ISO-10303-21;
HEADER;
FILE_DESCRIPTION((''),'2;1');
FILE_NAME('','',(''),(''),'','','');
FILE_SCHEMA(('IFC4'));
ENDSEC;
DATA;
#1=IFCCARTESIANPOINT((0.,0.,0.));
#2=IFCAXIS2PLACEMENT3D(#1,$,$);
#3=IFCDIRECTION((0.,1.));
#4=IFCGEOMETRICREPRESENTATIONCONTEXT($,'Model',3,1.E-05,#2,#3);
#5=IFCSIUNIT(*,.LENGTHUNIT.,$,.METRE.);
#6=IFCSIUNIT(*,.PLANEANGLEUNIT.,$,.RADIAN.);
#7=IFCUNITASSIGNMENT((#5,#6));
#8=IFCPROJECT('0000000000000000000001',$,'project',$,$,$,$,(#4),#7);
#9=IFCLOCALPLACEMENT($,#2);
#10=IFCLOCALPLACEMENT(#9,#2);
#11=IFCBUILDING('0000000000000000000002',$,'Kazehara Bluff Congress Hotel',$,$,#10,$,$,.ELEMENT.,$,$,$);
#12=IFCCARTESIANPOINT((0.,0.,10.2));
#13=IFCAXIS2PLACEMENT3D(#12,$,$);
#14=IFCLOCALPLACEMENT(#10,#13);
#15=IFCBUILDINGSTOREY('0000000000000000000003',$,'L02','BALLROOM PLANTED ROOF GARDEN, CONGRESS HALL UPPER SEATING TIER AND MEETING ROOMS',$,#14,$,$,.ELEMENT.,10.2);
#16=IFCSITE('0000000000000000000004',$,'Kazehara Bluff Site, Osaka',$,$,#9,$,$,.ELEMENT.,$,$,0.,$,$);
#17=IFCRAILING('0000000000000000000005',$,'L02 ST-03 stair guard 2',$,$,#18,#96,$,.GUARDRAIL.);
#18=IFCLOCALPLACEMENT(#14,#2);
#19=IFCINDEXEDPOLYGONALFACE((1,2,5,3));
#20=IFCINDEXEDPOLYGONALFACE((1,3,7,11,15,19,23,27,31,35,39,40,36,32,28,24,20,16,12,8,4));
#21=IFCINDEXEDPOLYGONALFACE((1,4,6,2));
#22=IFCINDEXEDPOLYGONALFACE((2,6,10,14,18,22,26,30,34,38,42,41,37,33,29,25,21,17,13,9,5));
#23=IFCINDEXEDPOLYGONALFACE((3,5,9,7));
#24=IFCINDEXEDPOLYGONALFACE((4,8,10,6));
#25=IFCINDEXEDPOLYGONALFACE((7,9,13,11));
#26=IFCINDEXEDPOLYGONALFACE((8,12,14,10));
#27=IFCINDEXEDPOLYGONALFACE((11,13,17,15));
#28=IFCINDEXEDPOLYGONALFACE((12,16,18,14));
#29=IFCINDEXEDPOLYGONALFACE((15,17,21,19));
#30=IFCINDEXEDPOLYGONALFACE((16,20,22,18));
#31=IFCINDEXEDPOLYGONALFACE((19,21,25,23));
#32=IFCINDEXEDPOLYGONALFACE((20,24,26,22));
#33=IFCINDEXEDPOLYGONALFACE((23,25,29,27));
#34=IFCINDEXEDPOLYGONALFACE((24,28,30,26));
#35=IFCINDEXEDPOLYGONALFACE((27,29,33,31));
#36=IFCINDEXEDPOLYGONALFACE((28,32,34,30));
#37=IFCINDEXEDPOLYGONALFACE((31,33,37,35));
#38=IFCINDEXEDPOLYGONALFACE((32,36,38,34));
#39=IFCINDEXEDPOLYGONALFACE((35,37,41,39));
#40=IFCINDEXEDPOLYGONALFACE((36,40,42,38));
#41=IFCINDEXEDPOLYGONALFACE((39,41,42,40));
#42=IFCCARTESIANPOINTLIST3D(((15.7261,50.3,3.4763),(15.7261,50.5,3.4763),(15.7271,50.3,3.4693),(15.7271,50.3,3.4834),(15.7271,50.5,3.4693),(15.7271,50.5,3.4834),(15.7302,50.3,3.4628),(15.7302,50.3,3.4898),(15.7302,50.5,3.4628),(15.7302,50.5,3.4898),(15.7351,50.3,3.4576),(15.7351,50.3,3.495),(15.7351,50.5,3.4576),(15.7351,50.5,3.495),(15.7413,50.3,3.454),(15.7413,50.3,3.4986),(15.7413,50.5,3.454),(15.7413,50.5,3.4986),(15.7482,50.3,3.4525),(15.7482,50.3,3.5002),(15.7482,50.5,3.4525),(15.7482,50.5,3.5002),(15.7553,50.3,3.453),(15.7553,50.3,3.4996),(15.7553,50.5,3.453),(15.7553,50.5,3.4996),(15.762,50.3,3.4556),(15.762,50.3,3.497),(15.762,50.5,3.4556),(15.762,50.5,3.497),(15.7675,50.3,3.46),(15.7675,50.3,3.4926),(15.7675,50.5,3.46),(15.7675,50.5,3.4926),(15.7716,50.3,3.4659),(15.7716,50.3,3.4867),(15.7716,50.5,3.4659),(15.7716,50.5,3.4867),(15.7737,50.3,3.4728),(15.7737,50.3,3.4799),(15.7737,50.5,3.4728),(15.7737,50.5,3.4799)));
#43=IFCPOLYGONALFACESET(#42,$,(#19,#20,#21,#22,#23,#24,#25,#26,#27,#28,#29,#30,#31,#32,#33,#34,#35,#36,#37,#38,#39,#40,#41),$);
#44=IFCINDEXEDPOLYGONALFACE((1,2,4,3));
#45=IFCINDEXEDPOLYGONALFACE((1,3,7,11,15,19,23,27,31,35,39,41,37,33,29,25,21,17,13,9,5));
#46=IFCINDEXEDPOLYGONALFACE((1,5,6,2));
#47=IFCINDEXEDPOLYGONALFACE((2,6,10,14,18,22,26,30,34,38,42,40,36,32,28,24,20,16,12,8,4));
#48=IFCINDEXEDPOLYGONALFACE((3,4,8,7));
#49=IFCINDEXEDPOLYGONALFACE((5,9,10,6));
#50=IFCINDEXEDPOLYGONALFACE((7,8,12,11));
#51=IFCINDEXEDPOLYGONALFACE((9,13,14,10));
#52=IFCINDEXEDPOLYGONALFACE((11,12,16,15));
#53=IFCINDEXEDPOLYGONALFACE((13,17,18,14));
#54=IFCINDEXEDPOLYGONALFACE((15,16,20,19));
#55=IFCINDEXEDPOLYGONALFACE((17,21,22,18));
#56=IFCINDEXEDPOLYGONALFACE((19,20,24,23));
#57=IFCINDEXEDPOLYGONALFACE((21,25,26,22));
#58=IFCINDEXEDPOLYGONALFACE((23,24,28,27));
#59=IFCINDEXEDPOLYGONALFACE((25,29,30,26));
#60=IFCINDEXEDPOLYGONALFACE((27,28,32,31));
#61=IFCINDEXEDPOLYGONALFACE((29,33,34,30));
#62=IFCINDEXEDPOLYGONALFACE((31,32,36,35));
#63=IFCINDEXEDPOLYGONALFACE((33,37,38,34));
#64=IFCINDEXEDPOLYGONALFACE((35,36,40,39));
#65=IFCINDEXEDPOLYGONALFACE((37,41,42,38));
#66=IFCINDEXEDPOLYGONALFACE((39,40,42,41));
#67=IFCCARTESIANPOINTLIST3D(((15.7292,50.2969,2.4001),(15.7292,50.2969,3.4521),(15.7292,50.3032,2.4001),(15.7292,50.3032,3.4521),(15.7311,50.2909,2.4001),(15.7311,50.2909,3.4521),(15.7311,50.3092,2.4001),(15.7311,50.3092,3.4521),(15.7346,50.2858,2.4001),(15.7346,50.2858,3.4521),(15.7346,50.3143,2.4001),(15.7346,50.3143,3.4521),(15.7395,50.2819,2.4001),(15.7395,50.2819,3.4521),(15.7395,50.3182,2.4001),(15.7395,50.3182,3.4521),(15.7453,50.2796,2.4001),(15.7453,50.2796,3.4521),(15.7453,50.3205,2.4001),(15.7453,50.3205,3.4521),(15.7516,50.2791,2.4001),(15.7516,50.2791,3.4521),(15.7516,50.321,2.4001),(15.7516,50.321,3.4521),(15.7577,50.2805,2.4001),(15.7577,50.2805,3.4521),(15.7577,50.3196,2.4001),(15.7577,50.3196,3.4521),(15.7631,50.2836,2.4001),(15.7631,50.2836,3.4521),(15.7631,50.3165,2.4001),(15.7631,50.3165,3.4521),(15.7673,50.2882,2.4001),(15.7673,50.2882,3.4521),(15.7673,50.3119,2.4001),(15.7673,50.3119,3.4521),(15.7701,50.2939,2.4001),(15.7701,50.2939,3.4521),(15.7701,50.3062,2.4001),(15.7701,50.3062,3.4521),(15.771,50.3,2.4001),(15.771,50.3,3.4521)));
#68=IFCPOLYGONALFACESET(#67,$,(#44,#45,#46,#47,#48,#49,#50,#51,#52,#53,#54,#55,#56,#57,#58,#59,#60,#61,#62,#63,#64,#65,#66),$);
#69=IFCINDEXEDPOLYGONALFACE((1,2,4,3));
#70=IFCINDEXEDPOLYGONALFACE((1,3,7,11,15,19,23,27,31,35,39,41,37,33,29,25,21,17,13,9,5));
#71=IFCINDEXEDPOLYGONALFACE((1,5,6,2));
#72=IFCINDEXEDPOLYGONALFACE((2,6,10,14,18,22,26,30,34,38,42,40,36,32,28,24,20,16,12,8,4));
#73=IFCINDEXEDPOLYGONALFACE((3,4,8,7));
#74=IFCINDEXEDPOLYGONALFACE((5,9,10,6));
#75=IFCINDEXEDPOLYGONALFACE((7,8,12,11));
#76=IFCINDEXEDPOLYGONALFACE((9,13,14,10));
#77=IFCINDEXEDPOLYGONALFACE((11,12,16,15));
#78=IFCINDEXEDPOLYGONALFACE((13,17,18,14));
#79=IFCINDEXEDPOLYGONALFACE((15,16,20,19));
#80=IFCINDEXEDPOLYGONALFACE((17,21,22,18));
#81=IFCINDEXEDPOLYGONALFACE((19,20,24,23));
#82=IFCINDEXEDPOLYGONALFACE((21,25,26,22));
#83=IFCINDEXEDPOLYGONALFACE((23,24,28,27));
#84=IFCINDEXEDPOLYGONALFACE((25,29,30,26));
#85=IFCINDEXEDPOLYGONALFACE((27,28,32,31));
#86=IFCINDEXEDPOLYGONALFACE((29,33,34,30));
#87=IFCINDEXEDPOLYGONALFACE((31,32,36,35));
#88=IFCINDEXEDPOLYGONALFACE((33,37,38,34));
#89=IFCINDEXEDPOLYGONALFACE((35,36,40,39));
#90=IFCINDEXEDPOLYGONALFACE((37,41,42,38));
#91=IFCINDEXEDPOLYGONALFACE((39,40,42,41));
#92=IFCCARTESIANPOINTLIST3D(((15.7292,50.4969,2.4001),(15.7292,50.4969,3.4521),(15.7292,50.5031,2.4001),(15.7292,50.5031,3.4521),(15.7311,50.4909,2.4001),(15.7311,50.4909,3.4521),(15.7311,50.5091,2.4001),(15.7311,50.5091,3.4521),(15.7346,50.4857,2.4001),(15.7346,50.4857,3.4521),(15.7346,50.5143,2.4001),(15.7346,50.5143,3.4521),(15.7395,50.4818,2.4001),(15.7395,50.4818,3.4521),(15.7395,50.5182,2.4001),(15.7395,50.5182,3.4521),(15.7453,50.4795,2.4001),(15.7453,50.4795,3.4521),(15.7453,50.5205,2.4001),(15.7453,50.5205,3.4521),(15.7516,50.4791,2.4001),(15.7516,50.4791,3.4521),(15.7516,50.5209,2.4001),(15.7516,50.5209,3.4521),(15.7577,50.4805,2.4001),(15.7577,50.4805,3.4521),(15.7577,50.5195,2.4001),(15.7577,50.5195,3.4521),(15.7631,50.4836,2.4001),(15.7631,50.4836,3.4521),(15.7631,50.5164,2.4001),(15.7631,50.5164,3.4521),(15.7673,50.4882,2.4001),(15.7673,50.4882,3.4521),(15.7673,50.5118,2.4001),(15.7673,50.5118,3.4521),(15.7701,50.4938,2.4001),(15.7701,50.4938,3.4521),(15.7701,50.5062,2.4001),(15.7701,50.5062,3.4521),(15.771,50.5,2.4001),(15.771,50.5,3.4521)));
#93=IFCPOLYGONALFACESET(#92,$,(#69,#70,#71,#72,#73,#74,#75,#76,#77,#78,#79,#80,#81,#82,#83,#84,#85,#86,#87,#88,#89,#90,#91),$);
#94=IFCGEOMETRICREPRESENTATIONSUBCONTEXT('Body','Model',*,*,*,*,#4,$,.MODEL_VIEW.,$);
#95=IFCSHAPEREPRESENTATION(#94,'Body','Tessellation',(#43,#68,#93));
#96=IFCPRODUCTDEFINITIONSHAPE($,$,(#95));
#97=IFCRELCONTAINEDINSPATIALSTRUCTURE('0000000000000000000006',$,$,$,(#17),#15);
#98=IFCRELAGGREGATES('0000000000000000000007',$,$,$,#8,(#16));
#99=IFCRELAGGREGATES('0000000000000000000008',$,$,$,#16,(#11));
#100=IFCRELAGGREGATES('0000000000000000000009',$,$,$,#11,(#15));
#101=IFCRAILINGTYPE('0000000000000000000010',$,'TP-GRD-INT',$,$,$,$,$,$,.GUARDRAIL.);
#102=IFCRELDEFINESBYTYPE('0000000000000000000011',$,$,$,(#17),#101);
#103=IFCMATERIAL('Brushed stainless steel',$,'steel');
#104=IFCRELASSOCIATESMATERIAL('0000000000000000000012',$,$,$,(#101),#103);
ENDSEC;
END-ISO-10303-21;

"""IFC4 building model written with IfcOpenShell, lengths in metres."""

from ifc_helpers import new_model, si_unit, direction, frame, origin, origin_2d, place, context, subcontext, project, spatial, circle, extrude, material, type_object, element, save


model = new_model("IFC4")

# Units and contexts
model_context = context("Model", 3, precision=1e-05, world=origin(), true_north=direction((0.0, 1.0)))
body_context = subcontext(model_context, "Body", "Model", "MODEL_VIEW")
ifc_project = project(units=[si_unit("LENGTHUNIT", "METRE"), si_unit("PLANEANGLEUNIT", "RADIAN")], contexts=[model_context])

# Site, building, storey
site_placement = place(None, origin())
site = spatial("IfcSite", under=ifc_project, at=site_placement, Name="Kazehara Bluff Site, Osaka", CompositionType="ELEMENT", RefElevation=0.0)
building_placement = place(site_placement, origin())
building = spatial("IfcBuilding", under=site, at=building_placement, Name="Kazehara Bluff Congress Hotel", CompositionType="ELEMENT")
storey_placement = place(building_placement, frame((0.0, 0.0, 10.2)))
storey = spatial("IfcBuildingStorey", under=building, at=storey_placement, Name="L02", Description="BALLROOM PLANTED ROOF GARDEN, CONGRESS HALL UPPER SEATING TIER AND MEETING ROOMS", CompositionType="ELEMENT", Elevation=10.2)

# Railing
ifc_material_1 = material(Name="Brushed stainless steel", Category="steel")
railing_type_1 = type_object("IfcRailingType", Name="TP-GRD-INT", PredefinedType="GUARDRAIL", material=ifc_material_1)
railing_1_placement = place(storey_placement, frame((15.75, 50.3, 2.4001)))
element("IfcRailing", 1, at=railing_1_placement, inside=storey, type_object=railing_type_1, Name="L02 ST-03 stair guard 2", PredefinedType="GUARDRAIL", context=body_context, shape_type="SweptSolid", body=[
    extrude(circle(Radius=0.0239, at=origin_2d()), frame((0.0, 0.0, 1.0762), z_axis=(0.0, 1.0, 0.0), x_axis=(-1.0, 0.0, 0.0)), (0.0, 0.0, 1.0), 0.2),
    extrude(circle(Radius=0.021, at=origin_2d()), origin(), (0.0, 0.0, 1.0), 1.052),
    extrude(circle(Radius=0.021, at=origin_2d()), frame((0.0, 0.2, 0.0)), (0.0, 0.0, 1.0), 1.052),
])

save(model, "model.ifc")
